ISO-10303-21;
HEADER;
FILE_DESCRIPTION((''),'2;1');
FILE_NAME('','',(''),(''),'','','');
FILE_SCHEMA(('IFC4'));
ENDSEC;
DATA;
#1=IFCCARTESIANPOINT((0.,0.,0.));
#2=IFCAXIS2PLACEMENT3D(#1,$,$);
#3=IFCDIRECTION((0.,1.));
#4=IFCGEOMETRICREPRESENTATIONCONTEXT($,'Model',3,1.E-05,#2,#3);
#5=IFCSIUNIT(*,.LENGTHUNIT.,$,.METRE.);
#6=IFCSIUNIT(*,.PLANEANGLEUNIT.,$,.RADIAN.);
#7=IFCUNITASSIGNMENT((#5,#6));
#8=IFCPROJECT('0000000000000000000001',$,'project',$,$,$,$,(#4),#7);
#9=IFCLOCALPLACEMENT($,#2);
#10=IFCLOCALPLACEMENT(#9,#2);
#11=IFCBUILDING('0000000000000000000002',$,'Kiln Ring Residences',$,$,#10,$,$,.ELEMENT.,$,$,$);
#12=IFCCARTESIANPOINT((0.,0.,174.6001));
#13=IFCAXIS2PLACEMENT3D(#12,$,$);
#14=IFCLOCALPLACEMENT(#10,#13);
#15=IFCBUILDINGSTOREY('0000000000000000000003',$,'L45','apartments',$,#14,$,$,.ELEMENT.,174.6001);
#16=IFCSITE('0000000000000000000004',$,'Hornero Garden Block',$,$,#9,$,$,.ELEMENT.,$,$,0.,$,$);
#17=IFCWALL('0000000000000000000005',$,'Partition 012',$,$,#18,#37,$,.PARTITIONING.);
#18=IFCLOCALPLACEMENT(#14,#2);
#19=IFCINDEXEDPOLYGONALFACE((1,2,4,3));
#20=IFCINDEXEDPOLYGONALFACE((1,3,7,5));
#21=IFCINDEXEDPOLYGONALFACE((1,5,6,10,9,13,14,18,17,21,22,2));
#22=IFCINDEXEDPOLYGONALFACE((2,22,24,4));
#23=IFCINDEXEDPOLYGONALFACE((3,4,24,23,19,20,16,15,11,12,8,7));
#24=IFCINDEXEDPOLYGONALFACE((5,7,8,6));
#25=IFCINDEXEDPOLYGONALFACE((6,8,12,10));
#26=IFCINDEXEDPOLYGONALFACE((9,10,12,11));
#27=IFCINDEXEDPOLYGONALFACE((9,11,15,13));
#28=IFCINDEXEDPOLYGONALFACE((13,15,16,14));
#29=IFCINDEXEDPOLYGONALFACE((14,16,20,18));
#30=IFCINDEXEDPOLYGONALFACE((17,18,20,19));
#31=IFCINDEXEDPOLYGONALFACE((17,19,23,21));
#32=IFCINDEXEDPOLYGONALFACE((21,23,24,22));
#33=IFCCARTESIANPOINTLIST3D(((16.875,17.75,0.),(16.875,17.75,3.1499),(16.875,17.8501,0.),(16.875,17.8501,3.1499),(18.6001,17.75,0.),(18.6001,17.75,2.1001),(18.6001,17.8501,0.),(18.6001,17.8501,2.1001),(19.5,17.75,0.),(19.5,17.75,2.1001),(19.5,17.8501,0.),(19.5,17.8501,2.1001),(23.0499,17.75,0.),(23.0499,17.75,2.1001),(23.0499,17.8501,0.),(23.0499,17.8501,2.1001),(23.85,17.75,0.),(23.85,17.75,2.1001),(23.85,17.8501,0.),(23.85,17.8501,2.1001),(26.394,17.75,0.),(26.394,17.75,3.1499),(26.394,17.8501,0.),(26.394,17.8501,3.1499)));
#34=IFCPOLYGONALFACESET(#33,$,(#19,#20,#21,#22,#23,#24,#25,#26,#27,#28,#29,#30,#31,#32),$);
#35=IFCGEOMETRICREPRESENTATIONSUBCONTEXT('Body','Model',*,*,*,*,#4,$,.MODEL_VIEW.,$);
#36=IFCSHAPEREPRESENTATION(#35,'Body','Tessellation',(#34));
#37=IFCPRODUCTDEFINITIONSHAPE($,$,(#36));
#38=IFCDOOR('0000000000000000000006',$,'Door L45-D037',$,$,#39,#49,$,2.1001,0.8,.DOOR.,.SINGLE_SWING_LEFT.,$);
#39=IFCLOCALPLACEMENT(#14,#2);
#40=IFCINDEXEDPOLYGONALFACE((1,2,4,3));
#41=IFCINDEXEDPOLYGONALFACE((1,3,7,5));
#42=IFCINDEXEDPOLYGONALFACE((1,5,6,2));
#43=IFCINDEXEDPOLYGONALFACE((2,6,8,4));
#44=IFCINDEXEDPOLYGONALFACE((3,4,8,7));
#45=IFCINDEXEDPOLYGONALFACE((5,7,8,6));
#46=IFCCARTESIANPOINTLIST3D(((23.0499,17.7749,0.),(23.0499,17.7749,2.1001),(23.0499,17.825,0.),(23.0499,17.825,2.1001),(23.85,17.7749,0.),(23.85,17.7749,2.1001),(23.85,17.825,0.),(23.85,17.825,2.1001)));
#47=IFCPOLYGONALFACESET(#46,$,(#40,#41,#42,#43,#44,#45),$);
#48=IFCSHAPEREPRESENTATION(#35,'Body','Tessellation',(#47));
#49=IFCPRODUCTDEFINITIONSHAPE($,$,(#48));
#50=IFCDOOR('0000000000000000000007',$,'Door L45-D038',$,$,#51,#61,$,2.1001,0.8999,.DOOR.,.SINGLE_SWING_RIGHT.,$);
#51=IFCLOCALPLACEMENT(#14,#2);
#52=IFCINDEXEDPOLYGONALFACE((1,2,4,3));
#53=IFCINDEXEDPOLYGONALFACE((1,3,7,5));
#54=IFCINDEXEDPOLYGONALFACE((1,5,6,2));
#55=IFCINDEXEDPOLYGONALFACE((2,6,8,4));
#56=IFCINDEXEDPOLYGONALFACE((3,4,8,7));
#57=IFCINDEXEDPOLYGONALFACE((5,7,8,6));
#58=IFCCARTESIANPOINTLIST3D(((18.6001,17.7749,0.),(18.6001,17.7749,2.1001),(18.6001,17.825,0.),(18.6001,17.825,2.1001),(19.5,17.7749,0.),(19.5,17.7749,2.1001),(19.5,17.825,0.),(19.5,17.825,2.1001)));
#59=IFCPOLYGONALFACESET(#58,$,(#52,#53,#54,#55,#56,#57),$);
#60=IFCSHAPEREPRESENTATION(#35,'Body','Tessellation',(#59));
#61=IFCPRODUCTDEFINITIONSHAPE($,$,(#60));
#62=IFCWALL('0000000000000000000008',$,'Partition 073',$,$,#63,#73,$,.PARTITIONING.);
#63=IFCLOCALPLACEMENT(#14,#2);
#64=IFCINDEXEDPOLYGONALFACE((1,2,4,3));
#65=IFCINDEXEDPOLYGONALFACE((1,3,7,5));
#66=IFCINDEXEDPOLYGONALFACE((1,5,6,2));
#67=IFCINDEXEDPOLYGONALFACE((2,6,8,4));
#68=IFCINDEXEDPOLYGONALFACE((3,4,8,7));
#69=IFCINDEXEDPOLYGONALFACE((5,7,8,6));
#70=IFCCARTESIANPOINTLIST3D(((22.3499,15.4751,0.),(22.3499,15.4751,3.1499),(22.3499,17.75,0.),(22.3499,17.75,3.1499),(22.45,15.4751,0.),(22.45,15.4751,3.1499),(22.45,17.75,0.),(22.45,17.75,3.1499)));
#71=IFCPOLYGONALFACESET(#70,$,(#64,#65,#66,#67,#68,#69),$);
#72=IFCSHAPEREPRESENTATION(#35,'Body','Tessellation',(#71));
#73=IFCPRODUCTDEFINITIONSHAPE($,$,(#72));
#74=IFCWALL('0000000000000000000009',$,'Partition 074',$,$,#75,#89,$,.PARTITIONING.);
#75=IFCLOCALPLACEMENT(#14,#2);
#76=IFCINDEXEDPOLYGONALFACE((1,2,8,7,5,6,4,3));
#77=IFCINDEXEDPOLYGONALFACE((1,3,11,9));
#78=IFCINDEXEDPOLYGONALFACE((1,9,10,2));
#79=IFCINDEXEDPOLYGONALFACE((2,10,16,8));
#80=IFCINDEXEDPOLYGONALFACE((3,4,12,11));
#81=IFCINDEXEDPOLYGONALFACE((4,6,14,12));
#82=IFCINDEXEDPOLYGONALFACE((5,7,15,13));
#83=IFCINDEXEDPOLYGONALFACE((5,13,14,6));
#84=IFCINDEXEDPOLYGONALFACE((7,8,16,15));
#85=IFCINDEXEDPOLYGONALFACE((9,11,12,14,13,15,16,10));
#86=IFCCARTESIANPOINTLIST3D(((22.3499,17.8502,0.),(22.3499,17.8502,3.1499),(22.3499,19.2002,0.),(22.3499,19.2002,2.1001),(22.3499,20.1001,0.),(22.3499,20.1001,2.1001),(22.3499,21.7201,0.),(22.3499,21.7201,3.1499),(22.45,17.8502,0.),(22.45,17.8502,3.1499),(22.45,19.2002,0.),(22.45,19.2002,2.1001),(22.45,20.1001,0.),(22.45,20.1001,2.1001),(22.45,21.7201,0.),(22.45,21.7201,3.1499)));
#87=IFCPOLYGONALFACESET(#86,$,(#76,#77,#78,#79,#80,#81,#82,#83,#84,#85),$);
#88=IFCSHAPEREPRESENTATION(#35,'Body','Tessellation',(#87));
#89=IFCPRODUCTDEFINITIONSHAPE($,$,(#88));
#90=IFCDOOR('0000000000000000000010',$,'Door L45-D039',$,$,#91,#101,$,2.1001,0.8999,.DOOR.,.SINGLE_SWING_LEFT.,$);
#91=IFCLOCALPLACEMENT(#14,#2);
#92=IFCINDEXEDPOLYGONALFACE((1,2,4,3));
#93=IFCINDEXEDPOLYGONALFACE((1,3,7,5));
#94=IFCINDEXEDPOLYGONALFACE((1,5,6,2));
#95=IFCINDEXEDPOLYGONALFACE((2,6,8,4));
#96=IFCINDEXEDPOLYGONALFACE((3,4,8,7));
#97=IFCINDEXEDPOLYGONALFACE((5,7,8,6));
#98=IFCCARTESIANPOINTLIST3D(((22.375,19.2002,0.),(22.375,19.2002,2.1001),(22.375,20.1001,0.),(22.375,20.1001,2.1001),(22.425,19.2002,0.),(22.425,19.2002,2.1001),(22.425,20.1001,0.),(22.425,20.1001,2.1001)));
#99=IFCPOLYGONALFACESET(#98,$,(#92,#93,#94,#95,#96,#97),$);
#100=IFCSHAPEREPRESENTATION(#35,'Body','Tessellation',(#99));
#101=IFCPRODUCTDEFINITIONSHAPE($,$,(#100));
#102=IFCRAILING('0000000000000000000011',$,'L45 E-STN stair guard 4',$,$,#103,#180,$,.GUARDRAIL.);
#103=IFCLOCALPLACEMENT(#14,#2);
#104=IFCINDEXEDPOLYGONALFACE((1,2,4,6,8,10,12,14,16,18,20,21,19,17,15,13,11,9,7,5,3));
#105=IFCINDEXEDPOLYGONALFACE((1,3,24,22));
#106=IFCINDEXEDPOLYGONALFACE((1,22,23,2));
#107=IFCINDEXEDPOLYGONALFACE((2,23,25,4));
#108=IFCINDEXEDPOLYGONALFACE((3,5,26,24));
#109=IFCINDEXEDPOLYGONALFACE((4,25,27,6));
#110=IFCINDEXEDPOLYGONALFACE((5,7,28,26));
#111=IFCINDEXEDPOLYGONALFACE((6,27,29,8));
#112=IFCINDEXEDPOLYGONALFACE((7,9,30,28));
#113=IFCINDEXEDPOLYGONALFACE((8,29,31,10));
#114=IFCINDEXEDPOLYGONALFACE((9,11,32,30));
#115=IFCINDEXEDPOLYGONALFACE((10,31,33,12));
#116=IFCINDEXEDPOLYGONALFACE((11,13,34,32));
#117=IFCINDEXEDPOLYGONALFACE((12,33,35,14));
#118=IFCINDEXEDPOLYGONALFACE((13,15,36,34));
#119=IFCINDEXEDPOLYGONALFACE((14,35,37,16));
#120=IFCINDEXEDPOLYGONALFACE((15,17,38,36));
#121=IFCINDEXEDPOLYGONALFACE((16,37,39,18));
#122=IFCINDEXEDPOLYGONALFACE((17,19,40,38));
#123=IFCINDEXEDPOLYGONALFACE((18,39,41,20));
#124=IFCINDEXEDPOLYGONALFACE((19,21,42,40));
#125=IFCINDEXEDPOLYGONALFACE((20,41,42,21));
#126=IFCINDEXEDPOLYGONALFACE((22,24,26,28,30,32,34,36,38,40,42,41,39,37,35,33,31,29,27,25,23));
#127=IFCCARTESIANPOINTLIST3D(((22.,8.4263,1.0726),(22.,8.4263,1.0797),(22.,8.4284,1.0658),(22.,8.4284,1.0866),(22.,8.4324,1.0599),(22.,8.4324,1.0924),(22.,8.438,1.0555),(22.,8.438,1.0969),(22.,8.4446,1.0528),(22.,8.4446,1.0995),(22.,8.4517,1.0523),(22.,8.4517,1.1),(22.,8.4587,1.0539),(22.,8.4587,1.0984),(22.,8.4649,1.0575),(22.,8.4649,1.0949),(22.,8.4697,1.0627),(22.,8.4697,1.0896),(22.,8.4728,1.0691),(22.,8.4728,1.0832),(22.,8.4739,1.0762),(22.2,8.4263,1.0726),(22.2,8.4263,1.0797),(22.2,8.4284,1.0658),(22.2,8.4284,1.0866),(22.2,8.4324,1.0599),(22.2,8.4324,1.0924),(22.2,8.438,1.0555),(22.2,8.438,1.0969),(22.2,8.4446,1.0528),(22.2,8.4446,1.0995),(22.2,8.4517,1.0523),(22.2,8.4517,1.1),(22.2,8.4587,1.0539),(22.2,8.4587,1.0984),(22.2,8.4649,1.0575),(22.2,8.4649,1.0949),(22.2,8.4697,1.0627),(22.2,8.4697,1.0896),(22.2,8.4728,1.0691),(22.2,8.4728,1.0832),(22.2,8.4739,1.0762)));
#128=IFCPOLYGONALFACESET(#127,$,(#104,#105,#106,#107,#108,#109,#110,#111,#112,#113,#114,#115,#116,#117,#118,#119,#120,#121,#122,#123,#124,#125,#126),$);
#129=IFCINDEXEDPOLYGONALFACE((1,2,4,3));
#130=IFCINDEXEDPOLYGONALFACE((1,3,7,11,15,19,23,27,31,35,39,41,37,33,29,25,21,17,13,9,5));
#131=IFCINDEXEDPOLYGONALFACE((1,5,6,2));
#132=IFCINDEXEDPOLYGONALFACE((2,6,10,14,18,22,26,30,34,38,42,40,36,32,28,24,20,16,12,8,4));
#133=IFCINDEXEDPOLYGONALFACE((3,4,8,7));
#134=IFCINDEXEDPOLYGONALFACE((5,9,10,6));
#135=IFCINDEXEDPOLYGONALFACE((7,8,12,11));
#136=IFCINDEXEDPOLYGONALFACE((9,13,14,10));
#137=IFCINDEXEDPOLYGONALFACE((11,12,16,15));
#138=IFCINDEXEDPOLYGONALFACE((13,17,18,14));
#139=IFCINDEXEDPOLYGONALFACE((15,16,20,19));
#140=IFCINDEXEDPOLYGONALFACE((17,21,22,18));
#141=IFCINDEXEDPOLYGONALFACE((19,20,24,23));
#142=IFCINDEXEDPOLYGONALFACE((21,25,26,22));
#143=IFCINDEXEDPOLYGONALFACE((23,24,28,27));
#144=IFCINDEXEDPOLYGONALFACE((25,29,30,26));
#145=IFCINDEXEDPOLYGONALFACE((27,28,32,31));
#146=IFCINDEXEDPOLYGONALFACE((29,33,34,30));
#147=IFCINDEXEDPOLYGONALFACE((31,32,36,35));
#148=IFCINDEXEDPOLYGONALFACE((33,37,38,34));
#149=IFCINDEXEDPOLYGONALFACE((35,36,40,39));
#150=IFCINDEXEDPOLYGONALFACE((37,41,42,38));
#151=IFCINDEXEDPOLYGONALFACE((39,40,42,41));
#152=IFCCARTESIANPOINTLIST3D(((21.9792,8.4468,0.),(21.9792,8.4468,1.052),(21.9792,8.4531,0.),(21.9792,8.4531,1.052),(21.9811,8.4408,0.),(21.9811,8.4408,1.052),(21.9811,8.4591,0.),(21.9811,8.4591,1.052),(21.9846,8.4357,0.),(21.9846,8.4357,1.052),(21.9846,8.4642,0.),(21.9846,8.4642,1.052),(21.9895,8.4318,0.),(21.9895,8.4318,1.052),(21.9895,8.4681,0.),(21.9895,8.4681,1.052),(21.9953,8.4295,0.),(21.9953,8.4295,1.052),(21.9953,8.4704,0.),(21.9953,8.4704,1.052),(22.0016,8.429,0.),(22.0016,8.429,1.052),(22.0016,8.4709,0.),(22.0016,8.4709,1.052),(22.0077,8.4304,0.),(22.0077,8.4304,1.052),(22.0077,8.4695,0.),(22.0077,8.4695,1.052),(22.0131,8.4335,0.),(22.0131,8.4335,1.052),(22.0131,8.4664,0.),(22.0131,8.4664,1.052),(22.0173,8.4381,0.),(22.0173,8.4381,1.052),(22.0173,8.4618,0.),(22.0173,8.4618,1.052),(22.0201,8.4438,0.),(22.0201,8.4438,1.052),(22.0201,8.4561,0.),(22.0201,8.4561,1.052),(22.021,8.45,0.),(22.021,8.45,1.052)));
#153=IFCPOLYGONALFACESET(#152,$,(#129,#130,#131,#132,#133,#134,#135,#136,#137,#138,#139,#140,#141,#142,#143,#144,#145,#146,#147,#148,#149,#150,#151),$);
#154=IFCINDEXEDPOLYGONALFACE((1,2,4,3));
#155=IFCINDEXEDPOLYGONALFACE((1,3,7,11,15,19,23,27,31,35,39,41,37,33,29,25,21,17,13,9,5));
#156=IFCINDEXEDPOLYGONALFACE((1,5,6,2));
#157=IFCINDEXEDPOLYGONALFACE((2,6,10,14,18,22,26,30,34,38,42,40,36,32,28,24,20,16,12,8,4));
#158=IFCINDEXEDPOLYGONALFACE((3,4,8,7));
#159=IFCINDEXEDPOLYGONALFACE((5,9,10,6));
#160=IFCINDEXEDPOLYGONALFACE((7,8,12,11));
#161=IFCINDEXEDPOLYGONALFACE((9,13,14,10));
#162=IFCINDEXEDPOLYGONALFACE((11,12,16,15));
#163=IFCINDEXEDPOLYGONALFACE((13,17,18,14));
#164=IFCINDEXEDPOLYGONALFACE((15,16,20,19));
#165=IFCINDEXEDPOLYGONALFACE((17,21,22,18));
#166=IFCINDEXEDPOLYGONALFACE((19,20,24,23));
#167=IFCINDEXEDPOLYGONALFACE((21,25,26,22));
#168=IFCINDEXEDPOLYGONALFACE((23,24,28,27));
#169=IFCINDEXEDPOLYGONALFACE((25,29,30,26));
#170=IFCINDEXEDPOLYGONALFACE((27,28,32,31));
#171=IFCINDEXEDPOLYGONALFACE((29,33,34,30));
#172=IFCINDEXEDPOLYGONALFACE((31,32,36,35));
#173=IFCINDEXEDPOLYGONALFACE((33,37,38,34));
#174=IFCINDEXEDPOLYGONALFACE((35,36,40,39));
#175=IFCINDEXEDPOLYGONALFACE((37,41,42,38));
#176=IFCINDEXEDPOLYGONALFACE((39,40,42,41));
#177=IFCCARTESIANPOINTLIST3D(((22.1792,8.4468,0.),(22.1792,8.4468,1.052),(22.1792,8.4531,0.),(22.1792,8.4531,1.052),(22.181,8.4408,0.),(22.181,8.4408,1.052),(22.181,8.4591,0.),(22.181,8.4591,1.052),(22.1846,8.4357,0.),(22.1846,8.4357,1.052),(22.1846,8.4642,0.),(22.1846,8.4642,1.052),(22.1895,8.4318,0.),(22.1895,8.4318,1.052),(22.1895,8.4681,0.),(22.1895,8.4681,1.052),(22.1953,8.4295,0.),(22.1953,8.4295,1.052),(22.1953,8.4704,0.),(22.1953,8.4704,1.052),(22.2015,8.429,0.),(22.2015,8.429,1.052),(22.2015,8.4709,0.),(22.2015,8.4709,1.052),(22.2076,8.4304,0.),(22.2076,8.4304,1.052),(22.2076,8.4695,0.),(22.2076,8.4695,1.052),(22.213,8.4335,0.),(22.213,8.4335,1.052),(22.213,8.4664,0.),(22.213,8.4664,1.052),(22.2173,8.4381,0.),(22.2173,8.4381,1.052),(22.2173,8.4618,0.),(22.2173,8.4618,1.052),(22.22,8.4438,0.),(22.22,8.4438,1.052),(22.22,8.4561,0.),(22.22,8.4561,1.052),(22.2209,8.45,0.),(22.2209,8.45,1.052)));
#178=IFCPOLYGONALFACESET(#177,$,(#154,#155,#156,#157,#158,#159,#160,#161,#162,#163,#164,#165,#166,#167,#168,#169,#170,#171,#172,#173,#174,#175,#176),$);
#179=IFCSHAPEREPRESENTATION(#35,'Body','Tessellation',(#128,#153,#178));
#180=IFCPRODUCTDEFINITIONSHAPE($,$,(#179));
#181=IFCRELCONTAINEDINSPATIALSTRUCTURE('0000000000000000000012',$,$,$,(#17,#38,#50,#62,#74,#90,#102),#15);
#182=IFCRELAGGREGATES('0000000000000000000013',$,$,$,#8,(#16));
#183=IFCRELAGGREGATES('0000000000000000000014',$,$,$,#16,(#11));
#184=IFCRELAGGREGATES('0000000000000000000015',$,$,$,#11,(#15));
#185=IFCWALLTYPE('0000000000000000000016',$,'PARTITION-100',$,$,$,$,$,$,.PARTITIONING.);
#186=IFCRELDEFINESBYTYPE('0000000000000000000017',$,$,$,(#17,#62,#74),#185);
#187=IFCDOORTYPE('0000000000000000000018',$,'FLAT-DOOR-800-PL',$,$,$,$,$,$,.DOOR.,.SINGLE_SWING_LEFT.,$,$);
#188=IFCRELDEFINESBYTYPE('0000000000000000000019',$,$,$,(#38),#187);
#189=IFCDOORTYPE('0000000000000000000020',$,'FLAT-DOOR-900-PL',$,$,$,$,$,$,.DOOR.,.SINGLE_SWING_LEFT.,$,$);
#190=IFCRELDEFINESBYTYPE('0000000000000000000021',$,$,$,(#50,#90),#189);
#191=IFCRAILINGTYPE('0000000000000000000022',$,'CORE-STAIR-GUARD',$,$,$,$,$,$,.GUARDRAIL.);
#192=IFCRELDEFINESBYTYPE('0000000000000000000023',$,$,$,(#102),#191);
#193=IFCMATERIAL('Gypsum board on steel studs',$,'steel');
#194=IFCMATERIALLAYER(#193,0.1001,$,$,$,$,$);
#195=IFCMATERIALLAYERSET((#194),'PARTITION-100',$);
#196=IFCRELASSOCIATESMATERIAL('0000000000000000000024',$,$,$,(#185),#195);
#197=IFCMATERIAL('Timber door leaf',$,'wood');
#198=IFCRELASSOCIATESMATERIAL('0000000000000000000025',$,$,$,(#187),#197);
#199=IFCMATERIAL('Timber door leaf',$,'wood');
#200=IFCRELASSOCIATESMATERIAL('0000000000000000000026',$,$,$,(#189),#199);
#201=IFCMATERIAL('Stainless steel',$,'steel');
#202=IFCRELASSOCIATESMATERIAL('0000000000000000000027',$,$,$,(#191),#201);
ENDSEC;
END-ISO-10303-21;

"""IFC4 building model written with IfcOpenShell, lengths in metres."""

from ifc_helpers import new_model, si_unit, direction, frame, frame_2d, origin, origin_2d, place, context, subcontext, project, spatial, rectangle, circle, extrude, material, layer, layer_set, type_object, element, fill, save


model = new_model("IFC4")

# Units and contexts
model_context = context("Model", 3, precision=1e-05, world=origin(), true_north=direction((0.0, 1.0)))
body_context = subcontext(model_context, "Body", "Model", "MODEL_VIEW")
ifc_project = project(units=[si_unit("LENGTHUNIT", "METRE"), si_unit("PLANEANGLEUNIT", "RADIAN")], contexts=[model_context])

# Site, building, storey
site_placement = place(None, origin())
site = spatial("IfcSite", under=ifc_project, at=site_placement, Name="Hornero Garden Block", CompositionType="ELEMENT", RefElevation=0.0)
building_placement = place(site_placement, origin())
building = spatial("IfcBuilding", under=site, at=building_placement, Name="Kiln Ring Residences", CompositionType="ELEMENT")
storey_placement = place(building_placement, frame((0.0, 0.0, 174.6001)))
storey = spatial("IfcBuildingStorey", under=building, at=storey_placement, Name="L45", Description="apartments", CompositionType="ELEMENT", Elevation=174.6001)

# Wall, openings, doors
ifc_material_1 = material(Name="Gypsum board on steel studs", Category="steel")
ifc_layer_1 = layer(ifc_material_1, 0.1001)
ifc_layer_set_1 = layer_set([ifc_layer_1], Name="PARTITION-100")
wall_type_1 = type_object("IfcWallType", Name="PARTITION-100", PredefinedType="PARTITIONING", material=ifc_layer_set_1)
wall_1_placement = place(storey_placement, frame((16.875, 17.8, 0.0), z_axis=(0.0, 0.0, 1.0), x_axis=(1.0, 0.0, 0.0)))
wall_1 = element("IfcWall", 1, at=wall_1_placement, inside=storey, type_object=wall_type_1, Name="Partition 012", PredefinedType="PARTITIONING", context=body_context, shape_type="SweptSolid", body=[
    extrude(rectangle(XDim=9.519, YDim=0.1001, at=frame_2d((4.7595, 0.0))), origin(), (0.0, 0.0, 1.0), 3.1499),
])
opening_1_placement = place(wall_1_placement, frame((6.175, 0.0, 0.0)))
opening_1 = element("IfcOpeningElement", 2, at=opening_1_placement, cuts=wall_1, PredefinedType="OPENING", context=body_context, shape_type="SweptSolid", body=[
    extrude(rectangle(XDim=0.8, YDim=2.1001, at=frame_2d((0.3999, 1.05))), frame((0.0, 0.0601, 0.0), z_axis=(0.0, -1.0, 0.0), x_axis=(1.0, 0.0, 0.0)), (0.0, 0.0, 1.0), 0.1201),
])
opening_2_placement = place(wall_1_placement, frame((1.7251, 0.0, 0.0)))
opening_2 = element("IfcOpeningElement", 3, at=opening_2_placement, cuts=wall_1, PredefinedType="OPENING", context=body_context, shape_type="SweptSolid", body=[
    extrude(rectangle(XDim=0.8999, YDim=2.1001, at=frame_2d((0.45, 1.05))), frame((0.0, 0.0601, 0.0), z_axis=(0.0, -1.0, 0.0), x_axis=(1.0, 0.0, 0.0)), (0.0, 0.0, 1.0), 0.1201),
])
ifc_material_2 = material(Name="Timber door leaf", Category="wood")
door_type_1 = type_object("IfcDoorType", Name="FLAT-DOOR-800-PL", OperationType="SINGLE_SWING_LEFT", PredefinedType="DOOR", material=ifc_material_2)
door_1_placement = place(opening_1_placement, origin())
door_1 = element("IfcDoor", 4, at=door_1_placement, inside=storey, type_object=door_type_1, Name="Door L45-D037", OperationType="SINGLE_SWING_LEFT", OverallHeight=2.1001, OverallWidth=0.8, PredefinedType="DOOR", context=body_context, shape_type="SweptSolid", body=[
    extrude(rectangle(XDim=0.8, YDim=2.1001, at=frame_2d((0.3999, 1.05))), frame((0.0, 0.0249, 0.0), z_axis=(0.0, -1.0, 0.0), x_axis=(1.0, 0.0, 0.0)), (0.0, 0.0, 1.0), 0.05),
])
fill(opening_1, door_1)
ifc_material_3 = material(Name="Timber door leaf", Category="wood")
door_type_2 = type_object("IfcDoorType", Name="FLAT-DOOR-900-PL", OperationType="SINGLE_SWING_LEFT", PredefinedType="DOOR", material=ifc_material_3)
door_2_placement = place(opening_2_placement, origin())
door_2 = element("IfcDoor", 5, at=door_2_placement, inside=storey, type_object=door_type_2, Name="Door L45-D038", OperationType="SINGLE_SWING_RIGHT", OverallHeight=2.1001, OverallWidth=0.8999, PredefinedType="DOOR", context=body_context, shape_type="SweptSolid", body=[
    extrude(rectangle(XDim=0.8999, YDim=2.1001, at=frame_2d((0.45, 1.05))), frame((0.0, 0.0249, 0.0), z_axis=(0.0, -1.0, 0.0), x_axis=(1.0, 0.0, 0.0)), (0.0, 0.0, 1.0), 0.05),
])
fill(opening_2, door_2)

# Wall
wall_2_placement = place(storey_placement, frame((22.3999, 15.4751, 0.0), z_axis=(0.0, 0.0, 1.0), x_axis=(0.0, 1.0, 0.0)))
element("IfcWall", 6, at=wall_2_placement, inside=storey, type_object=wall_type_1, Name="Partition 073", PredefinedType="PARTITIONING", context=body_context, shape_type="SweptSolid", body=[
    extrude(rectangle(XDim=2.2749, YDim=0.1001, at=frame_2d((1.1375, 0.0))), origin(), (0.0, 0.0, 1.0), 3.1499),
])

# Wall, opening, door
wall_3_placement = place(storey_placement, frame((22.3999, 17.8501, 0.0), z_axis=(0.0, 0.0, 1.0), x_axis=(0.0, 1.0, 0.0)))
wall_3 = element("IfcWall", 7, at=wall_3_placement, inside=storey, type_object=wall_type_1, Name="Partition 074", PredefinedType="PARTITIONING", context=body_context, shape_type="SweptSolid", body=[
    extrude(rectangle(XDim=3.8699, YDim=0.1001, at=frame_2d((1.9351, 0.0))), origin(), (0.0, 0.0, 1.0), 3.1499),
])
opening_3_placement = place(wall_3_placement, frame((1.3501, 0.0, 0.0)))
opening_3 = element("IfcOpeningElement", 8, at=opening_3_placement, cuts=wall_3, PredefinedType="OPENING", context=body_context, shape_type="SweptSolid", body=[
    extrude(rectangle(XDim=0.8999, YDim=2.1001, at=frame_2d((0.45, 1.05))), frame((0.0, 0.0601, 0.0), z_axis=(0.0, -1.0, 0.0), x_axis=(1.0, 0.0, 0.0)), (0.0, 0.0, 1.0), 0.1201),
])
door_3_placement = place(opening_3_placement, origin())
door_3 = element("IfcDoor", 9, at=door_3_placement, inside=storey, type_object=door_type_2, Name="Door L45-D039", OperationType="SINGLE_SWING_LEFT", OverallHeight=2.1001, OverallWidth=0.8999, PredefinedType="DOOR", context=body_context, shape_type="SweptSolid", body=[
    extrude(rectangle(XDim=0.8999, YDim=2.1001, at=frame_2d((0.45, 1.05))), frame((0.0, 0.0249, 0.0), z_axis=(0.0, -1.0, 0.0), x_axis=(1.0, 0.0, 0.0)), (0.0, 0.0, 1.0), 0.05),
])
fill(opening_3, door_3)

# Railing
ifc_material_4 = material(Name="Stainless steel", Category="steel")
railing_type = type_object("IfcRailingType", Name="CORE-STAIR-GUARD", PredefinedType="GUARDRAIL", material=ifc_material_4)
railing_placement = place(storey_placement, frame((22.0, 8.45, 0.0)))
element("IfcRailing", 10, at=railing_placement, inside=storey, type_object=railing_type, Name="L45 E-STN stair guard 4", PredefinedType="GUARDRAIL", context=body_context, shape_type="SweptSolid", body=[
    extrude(circle(Radius=0.0239, at=origin_2d()), frame((0.0, 0.0, 1.0762), z_axis=(1.0, 0.0, 0.0), x_axis=(0.0, 1.0, 0.0)), (0.0, 0.0, 1.0), 0.2),
    extrude(circle(Radius=0.021, at=origin_2d()), origin(), (0.0, 0.0, 1.0), 1.052),
    extrude(circle(Radius=0.021, at=origin_2d()), frame((0.2, 0.0, 0.0)), (0.0, 0.0, 1.0), 1.052),
])

save(model, "model.ifc")
